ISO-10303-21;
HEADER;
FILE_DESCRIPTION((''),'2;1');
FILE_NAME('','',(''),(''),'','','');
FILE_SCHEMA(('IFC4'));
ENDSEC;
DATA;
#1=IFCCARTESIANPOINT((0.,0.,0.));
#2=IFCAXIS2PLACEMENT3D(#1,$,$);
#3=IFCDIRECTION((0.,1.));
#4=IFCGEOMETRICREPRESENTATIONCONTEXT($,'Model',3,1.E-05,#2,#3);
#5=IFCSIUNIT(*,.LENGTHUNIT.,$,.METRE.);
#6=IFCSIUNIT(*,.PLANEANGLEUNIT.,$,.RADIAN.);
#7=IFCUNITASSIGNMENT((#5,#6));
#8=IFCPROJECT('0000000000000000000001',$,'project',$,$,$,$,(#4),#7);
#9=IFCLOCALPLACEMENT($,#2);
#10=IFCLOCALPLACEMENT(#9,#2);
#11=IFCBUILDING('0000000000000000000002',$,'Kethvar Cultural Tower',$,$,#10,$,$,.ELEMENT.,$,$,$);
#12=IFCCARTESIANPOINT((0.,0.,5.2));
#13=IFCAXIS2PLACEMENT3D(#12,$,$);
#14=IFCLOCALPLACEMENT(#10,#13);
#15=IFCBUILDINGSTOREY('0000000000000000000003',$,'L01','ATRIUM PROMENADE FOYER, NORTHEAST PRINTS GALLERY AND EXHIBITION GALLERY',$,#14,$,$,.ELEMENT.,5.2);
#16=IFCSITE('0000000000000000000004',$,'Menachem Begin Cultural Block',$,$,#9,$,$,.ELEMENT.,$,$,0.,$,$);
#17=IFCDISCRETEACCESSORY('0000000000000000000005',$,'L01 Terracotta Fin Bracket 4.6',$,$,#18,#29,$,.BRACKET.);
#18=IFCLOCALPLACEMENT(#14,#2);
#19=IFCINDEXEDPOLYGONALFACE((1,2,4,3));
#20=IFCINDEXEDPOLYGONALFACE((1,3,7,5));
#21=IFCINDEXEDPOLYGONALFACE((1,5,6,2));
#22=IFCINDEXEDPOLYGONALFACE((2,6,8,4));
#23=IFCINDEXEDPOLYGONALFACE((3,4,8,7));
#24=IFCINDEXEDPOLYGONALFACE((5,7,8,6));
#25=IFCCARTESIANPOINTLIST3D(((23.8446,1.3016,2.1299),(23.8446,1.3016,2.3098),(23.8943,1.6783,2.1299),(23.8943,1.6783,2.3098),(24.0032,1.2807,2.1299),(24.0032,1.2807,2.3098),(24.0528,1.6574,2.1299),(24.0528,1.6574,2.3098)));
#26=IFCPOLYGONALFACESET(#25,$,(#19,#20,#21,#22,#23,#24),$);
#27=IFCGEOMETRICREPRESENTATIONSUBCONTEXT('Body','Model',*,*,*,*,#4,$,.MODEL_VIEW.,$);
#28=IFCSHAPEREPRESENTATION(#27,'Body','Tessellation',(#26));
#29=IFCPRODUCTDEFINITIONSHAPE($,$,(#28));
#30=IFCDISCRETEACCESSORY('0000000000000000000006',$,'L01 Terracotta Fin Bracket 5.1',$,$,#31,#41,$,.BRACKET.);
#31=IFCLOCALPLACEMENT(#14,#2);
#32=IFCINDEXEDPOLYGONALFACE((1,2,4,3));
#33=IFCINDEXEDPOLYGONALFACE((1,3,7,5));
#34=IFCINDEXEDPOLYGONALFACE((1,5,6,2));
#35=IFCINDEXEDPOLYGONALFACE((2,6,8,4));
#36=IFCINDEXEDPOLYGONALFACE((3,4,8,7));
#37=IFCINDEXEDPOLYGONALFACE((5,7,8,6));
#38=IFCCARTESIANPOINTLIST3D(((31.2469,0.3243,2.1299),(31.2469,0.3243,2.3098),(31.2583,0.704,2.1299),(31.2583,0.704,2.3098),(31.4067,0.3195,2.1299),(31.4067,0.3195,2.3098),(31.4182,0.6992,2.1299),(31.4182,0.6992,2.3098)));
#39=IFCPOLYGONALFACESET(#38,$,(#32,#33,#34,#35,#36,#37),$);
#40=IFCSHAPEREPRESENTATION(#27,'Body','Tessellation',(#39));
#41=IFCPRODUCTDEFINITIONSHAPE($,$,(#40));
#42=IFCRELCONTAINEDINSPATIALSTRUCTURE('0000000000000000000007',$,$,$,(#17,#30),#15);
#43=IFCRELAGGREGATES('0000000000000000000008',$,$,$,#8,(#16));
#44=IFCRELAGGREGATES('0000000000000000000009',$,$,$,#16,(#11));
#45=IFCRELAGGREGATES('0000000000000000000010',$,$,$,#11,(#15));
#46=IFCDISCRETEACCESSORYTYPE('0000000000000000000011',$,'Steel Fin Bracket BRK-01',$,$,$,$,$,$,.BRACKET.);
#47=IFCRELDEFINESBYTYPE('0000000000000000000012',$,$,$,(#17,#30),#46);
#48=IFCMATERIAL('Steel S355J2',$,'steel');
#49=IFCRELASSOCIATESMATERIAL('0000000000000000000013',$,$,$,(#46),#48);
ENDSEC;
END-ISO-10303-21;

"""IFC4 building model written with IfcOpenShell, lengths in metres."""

from ifc_helpers import new_model, si_unit, direction, frame, origin, origin_2d, place, context, subcontext, project, spatial, rectangle, extrude, source, transform, mapped, material, type_object, element, save


model = new_model("IFC4")

# Units and contexts
model_context = context("Model", 3, precision=1e-05, world=origin(), true_north=direction((0.0, 1.0)))
body_context = subcontext(model_context, "Body", "Model", "MODEL_VIEW")
ifc_project = project(units=[si_unit("LENGTHUNIT", "METRE"), si_unit("PLANEANGLEUNIT", "RADIAN")], contexts=[model_context])

# Site, building, storey
site_placement = place(None, origin())
site = spatial("IfcSite", under=ifc_project, at=site_placement, Name="Menachem Begin Cultural Block", CompositionType="ELEMENT", RefElevation=0.0)
building_placement = place(site_placement, origin())
building = spatial("IfcBuilding", under=site, at=building_placement, Name="Kethvar Cultural Tower", CompositionType="ELEMENT")
storey_placement = place(building_placement, frame((0.0, 0.0, 5.2)))
storey = spatial("IfcBuildingStorey", under=building, at=storey_placement, Name="L01", Description="ATRIUM PROMENADE FOYER, NORTHEAST PRINTS GALLERY AND EXHIBITION GALLERY", CompositionType="ELEMENT", Elevation=5.2)

# Shared definitions
ifc_material_1 = material(Name="Steel S355J2", Category="steel")

# Discrete accessories
discrete_accessory_type = type_object("IfcDiscreteAccessoryType", Name="Steel Fin Bracket BRK-01", PredefinedType="BRACKET", material=ifc_material_1)
shared_shape_1 = source(origin(), body_context, "Body", "SweptSolid", [
    extrude(rectangle(XDim=0.3799, YDim=0.1599, at=origin_2d()), origin(), (0.0, 0.0, 1.0), 0.1799),
])
for number, where, z_axis, x_axis, name in (
    (1, (23.9487, 1.4795, 2.1299), (0.0, 0.0, 1.0), (-0.130699, -0.991422, 0.0), "L01 Terracotta Fin Bracket 4.6"),
    (2, (31.3325, 0.5117, 2.1299), (0.0, 0.0, 1.0), (-0.03019, -0.999544, 0.0), "L01 Terracotta Fin Bracket 5.1"),
):
    element("IfcDiscreteAccessory", number, at=place(storey_placement, frame(where, z_axis=z_axis, x_axis=x_axis)), inside=storey, type_object=discrete_accessory_type, Name=name, PredefinedType="BRACKET", context=body_context, shape_type="MappedRepresentation", body=[
        mapped(shared_shape_1, transform((0.0, 0.0, 0.0), scale=1.0)),
    ])

save(model, "model.ifc")
